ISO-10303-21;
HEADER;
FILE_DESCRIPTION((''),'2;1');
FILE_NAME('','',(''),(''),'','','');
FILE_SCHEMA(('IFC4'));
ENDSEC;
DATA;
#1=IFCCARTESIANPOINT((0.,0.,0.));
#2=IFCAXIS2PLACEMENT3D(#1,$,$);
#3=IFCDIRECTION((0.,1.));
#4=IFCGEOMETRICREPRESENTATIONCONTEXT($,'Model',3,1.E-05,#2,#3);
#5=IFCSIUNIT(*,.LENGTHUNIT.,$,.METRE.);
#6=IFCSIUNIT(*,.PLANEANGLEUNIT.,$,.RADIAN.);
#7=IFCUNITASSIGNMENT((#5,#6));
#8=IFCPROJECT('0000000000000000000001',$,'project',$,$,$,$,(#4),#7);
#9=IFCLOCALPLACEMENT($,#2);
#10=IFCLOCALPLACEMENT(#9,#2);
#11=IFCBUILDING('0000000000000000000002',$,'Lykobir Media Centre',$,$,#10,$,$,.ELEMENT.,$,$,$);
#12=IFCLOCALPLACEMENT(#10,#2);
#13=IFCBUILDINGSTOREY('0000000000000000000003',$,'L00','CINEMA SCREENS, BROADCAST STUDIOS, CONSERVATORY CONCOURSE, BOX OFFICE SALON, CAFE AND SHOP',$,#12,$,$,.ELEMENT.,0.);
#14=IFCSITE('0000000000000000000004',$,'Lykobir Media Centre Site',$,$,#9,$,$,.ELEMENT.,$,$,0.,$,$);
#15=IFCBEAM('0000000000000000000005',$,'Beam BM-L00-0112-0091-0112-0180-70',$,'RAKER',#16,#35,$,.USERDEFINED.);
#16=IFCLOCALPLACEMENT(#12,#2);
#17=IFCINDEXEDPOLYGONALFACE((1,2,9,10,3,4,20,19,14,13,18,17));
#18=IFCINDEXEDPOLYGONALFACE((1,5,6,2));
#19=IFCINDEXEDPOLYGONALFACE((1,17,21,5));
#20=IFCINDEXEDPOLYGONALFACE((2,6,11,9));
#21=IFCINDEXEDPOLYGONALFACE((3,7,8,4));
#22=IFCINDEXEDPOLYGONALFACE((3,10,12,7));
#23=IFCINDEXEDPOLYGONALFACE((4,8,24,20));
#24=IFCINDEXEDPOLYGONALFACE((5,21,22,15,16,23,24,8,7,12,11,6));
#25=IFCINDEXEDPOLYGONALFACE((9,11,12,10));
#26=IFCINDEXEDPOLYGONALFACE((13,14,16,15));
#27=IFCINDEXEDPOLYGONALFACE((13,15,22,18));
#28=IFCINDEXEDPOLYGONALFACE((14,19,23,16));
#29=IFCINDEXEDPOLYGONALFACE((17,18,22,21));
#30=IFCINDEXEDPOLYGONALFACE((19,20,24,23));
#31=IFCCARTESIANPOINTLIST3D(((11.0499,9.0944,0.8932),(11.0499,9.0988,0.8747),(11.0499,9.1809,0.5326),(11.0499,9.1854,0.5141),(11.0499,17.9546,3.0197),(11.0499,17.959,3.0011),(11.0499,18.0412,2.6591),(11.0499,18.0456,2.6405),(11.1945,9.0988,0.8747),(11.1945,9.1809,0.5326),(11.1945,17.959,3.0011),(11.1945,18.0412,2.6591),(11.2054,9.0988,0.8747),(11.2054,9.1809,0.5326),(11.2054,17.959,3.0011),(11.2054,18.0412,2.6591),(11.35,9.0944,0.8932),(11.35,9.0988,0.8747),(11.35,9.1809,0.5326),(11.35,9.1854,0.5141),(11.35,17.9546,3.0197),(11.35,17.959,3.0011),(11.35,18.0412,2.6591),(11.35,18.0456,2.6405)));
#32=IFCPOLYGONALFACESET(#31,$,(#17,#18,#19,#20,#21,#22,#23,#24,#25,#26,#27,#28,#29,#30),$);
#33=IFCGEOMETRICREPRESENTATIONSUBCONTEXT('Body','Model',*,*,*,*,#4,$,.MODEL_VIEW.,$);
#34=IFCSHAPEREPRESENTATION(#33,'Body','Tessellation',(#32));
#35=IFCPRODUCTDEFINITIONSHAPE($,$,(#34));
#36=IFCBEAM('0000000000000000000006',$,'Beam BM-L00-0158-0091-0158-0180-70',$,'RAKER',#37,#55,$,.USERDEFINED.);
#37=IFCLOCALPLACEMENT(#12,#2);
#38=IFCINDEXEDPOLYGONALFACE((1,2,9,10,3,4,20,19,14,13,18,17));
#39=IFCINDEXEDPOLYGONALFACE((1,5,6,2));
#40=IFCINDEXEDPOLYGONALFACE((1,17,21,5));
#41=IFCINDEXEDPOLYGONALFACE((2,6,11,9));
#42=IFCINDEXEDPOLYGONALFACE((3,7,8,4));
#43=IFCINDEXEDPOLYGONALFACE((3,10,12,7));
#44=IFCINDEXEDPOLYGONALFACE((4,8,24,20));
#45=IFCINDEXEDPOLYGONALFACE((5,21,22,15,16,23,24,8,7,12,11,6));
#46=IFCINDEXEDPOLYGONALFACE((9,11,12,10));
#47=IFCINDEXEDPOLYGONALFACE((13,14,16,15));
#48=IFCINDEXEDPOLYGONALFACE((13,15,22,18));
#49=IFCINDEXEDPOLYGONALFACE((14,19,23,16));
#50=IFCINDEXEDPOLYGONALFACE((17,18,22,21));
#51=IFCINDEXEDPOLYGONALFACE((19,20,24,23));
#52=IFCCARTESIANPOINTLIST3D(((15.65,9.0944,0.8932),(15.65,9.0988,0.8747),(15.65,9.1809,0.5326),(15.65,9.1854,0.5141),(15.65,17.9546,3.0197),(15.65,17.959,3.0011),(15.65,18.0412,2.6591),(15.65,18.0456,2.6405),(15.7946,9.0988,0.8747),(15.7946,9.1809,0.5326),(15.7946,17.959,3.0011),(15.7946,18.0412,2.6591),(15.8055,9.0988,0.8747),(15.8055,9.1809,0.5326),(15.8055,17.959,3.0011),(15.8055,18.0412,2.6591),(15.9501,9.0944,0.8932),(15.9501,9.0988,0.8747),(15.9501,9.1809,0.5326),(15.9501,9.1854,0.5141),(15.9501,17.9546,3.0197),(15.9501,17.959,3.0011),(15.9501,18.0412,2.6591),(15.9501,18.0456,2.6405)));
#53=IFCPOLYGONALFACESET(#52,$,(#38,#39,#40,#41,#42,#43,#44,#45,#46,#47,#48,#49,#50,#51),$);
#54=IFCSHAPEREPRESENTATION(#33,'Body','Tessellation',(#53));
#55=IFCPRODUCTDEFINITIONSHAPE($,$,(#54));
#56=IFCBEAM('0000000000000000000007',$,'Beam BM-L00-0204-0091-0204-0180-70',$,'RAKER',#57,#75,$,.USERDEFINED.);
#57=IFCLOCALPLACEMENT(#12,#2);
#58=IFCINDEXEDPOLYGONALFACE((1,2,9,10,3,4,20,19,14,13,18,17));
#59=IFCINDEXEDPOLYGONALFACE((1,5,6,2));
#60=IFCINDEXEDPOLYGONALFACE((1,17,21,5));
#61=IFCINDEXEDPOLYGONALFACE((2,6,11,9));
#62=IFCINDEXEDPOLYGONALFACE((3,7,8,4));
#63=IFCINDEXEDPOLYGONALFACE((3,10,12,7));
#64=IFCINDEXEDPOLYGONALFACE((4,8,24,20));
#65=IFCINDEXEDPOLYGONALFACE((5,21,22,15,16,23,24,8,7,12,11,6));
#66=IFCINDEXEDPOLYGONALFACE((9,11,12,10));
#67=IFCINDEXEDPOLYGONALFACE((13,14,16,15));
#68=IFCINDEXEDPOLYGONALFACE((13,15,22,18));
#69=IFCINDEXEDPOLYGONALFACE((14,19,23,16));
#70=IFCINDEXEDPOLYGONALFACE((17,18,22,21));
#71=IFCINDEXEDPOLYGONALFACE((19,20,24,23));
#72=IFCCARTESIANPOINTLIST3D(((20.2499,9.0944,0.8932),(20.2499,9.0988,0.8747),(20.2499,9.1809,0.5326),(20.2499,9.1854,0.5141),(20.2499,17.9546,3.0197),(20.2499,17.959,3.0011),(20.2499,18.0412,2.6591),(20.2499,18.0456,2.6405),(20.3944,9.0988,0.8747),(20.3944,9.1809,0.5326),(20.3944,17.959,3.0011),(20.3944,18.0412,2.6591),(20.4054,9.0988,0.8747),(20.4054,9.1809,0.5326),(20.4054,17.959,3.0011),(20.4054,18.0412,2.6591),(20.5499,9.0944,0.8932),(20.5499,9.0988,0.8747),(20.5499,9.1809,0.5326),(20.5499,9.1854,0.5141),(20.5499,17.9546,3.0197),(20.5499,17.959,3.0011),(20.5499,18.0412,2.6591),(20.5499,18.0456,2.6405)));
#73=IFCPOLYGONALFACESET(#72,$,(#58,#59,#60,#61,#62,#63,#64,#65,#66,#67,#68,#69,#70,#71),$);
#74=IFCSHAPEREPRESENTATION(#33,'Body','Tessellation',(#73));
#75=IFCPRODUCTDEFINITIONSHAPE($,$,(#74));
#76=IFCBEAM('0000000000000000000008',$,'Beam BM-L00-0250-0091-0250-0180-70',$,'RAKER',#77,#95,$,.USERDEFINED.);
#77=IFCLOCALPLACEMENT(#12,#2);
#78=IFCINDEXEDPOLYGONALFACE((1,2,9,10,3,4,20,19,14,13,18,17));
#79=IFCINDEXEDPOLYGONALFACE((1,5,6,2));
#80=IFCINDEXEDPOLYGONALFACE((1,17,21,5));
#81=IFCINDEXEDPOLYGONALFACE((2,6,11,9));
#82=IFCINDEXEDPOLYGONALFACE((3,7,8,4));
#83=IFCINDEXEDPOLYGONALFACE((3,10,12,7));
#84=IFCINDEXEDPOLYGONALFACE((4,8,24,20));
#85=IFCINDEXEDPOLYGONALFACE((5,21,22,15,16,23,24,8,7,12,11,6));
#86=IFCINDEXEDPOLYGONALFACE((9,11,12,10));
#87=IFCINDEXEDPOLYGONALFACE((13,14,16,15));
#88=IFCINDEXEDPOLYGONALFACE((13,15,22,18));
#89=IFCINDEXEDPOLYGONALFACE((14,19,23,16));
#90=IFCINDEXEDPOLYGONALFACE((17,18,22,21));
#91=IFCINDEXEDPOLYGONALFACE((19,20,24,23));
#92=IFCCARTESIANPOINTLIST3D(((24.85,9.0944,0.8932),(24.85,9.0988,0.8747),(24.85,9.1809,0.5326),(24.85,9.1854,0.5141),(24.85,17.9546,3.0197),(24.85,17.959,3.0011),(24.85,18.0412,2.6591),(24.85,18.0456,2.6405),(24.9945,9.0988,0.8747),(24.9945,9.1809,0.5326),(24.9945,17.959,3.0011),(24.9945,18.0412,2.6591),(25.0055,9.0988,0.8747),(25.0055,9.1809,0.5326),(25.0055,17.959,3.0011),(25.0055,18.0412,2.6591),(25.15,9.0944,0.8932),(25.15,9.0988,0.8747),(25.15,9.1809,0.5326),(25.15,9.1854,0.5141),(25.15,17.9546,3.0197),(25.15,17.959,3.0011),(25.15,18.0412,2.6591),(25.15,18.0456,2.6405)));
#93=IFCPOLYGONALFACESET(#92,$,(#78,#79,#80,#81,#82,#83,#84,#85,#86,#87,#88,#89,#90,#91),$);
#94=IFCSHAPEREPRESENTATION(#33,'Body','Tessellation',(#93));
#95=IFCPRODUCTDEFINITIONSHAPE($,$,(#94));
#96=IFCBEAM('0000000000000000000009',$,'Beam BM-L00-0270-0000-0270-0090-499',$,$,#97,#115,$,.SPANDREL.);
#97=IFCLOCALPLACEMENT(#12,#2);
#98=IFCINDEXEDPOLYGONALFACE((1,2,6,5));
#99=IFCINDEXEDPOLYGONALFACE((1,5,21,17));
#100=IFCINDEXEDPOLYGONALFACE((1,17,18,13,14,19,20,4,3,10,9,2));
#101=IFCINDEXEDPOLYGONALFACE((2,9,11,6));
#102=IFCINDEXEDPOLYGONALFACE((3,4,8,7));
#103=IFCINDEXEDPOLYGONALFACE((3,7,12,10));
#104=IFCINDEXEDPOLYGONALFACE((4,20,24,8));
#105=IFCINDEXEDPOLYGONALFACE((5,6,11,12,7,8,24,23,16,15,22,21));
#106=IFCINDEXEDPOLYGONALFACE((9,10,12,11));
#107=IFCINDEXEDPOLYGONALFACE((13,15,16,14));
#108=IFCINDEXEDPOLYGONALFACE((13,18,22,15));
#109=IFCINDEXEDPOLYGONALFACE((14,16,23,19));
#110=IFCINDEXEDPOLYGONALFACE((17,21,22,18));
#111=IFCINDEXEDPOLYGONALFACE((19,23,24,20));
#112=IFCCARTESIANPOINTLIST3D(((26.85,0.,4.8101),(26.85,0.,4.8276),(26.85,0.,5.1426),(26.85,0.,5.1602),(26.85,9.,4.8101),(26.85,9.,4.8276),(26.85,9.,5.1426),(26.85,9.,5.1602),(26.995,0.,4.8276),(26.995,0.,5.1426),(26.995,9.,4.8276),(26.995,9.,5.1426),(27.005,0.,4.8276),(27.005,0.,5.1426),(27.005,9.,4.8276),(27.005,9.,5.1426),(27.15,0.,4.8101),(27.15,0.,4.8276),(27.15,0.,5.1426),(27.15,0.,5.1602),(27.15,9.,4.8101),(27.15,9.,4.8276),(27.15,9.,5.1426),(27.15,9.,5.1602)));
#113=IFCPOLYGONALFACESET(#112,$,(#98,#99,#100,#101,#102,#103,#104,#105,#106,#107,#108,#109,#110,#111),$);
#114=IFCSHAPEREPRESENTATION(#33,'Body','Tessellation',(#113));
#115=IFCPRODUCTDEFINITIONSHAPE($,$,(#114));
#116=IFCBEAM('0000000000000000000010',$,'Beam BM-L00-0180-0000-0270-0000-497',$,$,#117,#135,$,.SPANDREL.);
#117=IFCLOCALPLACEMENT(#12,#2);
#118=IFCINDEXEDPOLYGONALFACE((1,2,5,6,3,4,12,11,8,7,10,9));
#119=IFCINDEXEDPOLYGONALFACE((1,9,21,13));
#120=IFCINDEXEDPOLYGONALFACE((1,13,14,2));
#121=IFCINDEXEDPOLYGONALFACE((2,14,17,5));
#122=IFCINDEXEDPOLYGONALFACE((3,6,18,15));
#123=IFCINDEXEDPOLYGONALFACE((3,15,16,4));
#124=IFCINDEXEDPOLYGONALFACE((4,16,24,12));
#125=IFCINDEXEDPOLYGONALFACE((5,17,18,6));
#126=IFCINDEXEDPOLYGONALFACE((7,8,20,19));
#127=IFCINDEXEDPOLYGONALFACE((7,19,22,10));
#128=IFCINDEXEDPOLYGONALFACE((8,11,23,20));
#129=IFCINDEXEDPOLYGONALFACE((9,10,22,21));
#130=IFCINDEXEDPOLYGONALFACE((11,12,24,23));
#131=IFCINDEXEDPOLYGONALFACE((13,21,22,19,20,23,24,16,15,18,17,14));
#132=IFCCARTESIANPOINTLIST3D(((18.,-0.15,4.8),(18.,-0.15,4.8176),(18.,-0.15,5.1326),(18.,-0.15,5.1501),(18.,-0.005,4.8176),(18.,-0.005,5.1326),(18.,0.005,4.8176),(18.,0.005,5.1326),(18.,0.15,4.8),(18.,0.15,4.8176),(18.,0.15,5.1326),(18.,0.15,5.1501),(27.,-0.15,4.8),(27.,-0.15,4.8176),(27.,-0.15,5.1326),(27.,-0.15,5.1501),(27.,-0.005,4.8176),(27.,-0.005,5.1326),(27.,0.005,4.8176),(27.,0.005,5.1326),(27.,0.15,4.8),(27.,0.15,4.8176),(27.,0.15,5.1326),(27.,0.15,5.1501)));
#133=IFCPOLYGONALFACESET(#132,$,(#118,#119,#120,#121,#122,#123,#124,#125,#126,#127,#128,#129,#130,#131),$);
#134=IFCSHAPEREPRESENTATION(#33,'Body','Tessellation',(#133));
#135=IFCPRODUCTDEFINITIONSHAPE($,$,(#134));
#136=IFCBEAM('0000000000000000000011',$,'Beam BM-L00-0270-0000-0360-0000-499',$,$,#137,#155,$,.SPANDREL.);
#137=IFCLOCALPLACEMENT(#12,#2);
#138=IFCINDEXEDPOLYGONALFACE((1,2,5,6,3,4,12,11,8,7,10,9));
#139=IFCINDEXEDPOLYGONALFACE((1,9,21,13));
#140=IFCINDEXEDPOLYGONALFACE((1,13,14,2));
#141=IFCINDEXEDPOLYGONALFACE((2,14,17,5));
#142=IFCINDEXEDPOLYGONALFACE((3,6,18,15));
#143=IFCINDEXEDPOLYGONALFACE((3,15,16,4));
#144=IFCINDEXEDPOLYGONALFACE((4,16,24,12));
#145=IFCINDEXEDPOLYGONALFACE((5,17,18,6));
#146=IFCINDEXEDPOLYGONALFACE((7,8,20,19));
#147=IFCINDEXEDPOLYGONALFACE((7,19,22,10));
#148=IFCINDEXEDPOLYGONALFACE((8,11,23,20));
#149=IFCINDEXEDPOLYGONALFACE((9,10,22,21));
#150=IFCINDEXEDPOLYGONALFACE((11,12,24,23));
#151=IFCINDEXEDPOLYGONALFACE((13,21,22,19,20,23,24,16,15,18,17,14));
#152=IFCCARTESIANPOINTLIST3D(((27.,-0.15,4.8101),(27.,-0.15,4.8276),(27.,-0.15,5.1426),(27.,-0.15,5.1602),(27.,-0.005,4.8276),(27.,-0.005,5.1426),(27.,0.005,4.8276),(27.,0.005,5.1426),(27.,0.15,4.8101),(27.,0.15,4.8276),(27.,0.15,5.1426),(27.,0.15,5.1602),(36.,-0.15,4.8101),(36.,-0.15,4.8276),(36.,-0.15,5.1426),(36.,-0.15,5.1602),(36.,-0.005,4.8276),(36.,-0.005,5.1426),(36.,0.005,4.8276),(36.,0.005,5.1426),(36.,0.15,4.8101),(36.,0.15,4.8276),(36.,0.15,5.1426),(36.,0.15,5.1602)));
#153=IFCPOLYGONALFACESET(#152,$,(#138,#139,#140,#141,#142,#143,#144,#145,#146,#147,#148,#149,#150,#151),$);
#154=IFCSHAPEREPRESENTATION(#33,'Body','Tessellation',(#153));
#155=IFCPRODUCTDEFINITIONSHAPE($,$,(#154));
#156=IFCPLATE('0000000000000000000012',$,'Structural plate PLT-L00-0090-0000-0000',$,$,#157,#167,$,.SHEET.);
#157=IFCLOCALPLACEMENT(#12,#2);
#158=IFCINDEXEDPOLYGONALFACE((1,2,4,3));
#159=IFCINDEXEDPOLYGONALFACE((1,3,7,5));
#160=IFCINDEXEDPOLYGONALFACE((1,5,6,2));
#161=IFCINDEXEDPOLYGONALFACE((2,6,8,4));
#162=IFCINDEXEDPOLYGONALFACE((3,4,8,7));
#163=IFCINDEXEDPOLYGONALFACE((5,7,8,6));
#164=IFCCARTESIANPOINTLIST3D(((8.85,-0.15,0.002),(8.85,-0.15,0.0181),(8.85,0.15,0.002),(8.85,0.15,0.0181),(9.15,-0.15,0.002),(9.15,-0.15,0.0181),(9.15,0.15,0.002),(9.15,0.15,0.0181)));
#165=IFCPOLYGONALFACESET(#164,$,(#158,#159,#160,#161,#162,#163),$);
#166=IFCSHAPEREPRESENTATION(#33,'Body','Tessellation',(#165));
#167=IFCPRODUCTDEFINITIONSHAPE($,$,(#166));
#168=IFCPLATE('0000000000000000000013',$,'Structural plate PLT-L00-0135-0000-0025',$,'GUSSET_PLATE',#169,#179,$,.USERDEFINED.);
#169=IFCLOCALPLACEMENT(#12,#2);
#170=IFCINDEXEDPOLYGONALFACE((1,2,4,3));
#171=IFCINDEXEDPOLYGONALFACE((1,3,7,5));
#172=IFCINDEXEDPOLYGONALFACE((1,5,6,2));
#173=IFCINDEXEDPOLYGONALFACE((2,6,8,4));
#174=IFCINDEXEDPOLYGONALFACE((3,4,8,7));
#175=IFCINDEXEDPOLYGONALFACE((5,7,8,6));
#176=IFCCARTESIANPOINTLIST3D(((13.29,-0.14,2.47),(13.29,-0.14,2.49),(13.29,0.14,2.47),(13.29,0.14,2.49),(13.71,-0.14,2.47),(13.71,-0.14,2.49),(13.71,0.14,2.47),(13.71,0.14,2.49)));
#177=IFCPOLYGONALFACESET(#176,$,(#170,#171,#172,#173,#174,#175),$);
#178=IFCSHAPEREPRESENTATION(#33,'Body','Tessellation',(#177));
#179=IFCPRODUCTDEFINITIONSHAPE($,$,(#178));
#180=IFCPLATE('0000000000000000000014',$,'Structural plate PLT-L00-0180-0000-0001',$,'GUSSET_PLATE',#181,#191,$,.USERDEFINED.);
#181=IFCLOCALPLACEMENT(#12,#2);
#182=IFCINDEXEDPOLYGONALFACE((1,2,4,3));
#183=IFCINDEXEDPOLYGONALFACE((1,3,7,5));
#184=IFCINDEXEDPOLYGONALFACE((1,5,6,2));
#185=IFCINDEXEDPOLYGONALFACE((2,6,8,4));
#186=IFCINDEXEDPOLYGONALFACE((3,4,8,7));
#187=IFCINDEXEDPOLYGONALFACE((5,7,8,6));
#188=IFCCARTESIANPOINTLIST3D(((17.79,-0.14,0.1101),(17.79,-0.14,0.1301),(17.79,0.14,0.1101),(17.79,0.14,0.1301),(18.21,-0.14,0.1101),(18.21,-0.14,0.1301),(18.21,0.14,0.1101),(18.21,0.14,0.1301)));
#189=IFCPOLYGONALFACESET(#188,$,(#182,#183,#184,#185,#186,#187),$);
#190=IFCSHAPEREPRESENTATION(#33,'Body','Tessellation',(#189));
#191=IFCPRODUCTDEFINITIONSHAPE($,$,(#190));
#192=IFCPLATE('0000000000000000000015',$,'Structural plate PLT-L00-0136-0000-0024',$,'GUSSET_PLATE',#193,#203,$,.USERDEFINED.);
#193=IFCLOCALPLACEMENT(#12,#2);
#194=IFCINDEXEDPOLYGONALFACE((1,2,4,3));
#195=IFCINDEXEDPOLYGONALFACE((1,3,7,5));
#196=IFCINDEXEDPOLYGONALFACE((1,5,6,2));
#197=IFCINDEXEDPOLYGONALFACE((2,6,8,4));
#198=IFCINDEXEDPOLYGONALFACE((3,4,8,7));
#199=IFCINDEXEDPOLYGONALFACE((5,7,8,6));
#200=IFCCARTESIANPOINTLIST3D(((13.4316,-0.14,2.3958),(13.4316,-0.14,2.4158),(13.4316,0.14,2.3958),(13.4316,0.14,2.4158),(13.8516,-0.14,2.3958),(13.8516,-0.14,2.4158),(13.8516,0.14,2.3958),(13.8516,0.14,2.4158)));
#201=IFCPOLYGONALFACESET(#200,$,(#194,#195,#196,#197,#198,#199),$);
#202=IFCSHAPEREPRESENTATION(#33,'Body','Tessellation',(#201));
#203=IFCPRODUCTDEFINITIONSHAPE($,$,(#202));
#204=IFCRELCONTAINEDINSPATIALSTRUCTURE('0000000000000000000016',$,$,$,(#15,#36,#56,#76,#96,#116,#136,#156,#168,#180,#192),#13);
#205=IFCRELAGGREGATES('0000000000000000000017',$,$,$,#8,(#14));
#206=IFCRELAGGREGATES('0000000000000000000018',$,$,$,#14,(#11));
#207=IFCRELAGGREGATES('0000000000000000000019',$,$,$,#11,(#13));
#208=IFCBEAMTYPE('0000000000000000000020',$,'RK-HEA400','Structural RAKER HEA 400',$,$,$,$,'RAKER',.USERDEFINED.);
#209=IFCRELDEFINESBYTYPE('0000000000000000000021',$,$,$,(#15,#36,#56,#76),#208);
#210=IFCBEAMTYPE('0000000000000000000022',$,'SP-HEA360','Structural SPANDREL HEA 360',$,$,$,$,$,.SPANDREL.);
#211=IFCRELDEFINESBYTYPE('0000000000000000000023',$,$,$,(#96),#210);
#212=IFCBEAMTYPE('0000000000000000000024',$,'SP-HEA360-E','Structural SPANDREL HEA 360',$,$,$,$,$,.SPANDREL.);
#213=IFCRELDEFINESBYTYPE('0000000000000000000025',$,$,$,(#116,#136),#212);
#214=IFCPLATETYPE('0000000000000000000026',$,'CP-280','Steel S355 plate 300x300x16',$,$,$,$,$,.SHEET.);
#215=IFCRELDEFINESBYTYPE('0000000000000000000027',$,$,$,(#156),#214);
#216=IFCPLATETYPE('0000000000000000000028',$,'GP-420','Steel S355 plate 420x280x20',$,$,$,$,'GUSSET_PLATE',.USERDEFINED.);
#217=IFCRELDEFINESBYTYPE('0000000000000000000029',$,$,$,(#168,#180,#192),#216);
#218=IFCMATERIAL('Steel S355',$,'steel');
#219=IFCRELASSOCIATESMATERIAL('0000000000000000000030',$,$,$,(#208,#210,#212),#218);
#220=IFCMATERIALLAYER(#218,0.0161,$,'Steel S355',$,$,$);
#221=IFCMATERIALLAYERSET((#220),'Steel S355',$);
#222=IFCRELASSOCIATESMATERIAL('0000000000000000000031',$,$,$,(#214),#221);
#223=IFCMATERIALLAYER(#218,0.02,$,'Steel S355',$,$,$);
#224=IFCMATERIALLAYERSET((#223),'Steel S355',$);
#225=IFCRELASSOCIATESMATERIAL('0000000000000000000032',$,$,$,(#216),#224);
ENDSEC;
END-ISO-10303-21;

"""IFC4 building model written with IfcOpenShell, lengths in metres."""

from ifc_helpers import new_model, si_unit, direction, frame, origin, origin_2d, place, context, subcontext, project, spatial, rectangle, i_section, extrude, material, layer, layer_set, material_profile, profile_set, type_object, element, save


model = new_model("IFC4")

# Units and contexts
model_context = context("Model", 3, precision=1e-05, world=origin(), true_north=direction((0.0, 1.0)))
body_context = subcontext(model_context, "Body", "Model", "MODEL_VIEW")
ifc_project = project(units=[si_unit("LENGTHUNIT", "METRE"), si_unit("PLANEANGLEUNIT", "RADIAN")], contexts=[model_context])

# Site, building, storey
site_placement = place(None, origin())
site = spatial("IfcSite", under=ifc_project, at=site_placement, Name="Lykobir Media Centre Site", CompositionType="ELEMENT", RefElevation=0.0)
building_placement = place(site_placement, origin())
building = spatial("IfcBuilding", under=site, at=building_placement, Name="Lykobir Media Centre", CompositionType="ELEMENT")
storey_placement = place(building_placement, origin())
storey = spatial("IfcBuildingStorey", under=building, at=storey_placement, Name="L00", Description="CINEMA SCREENS, BROADCAST STUDIOS, CONSERVATORY CONCOURSE, BOX OFFICE SALON, CAFE AND SHOP", CompositionType="ELEMENT", Elevation=0.0)

# Shared definitions
ifc_material_1 = material(Name="Steel S355", Category="steel")

# Beams
ifc_material_profile_1 = material_profile(ifc_material_1, i_section(OverallWidth=0.3, OverallDepth=0.3899, WebThickness=0.011, FlangeThickness=0.019, at=origin_2d()), Name="HEA 400")
ifc_profile_set_1 = profile_set([ifc_material_profile_1], Name="Steel S355")
beam_type_1 = type_object("IfcBeamType", Name="RK-HEA400", Description="Structural RAKER HEA 400", ElementType="RAKER", PredefinedType="USERDEFINED", material=ifc_profile_set_1)
for number, where, z_axis, x_axis, name in (
    (1, (11.2, 9.1399, 0.7036), (0.0, 0.972386, 0.233377), (-1.0, 0.0, 0.0), "Beam BM-L00-0112-0091-0112-0180-70"),
    (2, (15.8, 9.1399, 0.7036), (0.0, 0.972386, 0.233377), (-1.0, 0.0, 0.0), "Beam BM-L00-0158-0091-0158-0180-70"),
    (3, (20.3999, 9.1399, 0.7036), (0.0, 0.972386, 0.233377), (-1.0, 0.0, 0.0), "Beam BM-L00-0204-0091-0204-0180-70"),
    (4, (25.0, 9.1399, 0.7036), (0.0, 0.972386, 0.233377), (-1.0, 0.0, 0.0), "Beam BM-L00-0250-0091-0250-0180-70"),
):
    element("IfcBeam", number, at=place(storey_placement, frame(where, z_axis=z_axis, x_axis=x_axis)), inside=storey, type_object=beam_type_1, Name=name, ObjectType="RAKER", PredefinedType="USERDEFINED", context=body_context, shape_type="SweptSolid", body=[
        extrude(i_section(OverallWidth=0.3, OverallDepth=0.3899, WebThickness=0.011, FlangeThickness=0.019, at=origin_2d()), origin(), (0.0, 0.0, 1.0), 9.1118),
    ])
ifc_material_profile_2 = material_profile(ifc_material_1, i_section(OverallWidth=0.3, OverallDepth=0.3501, WebThickness=0.01, FlangeThickness=0.0176, at=origin_2d()), Name="HEA 360")
ifc_profile_set_2 = profile_set([ifc_material_profile_2], Name="Steel S355")
beam_type_2 = type_object("IfcBeamType", Name="SP-HEA360", Description="Structural SPANDREL HEA 360", PredefinedType="SPANDREL", material=ifc_profile_set_2)
beam_placement = place(storey_placement, frame((27.0, 0.0, 4.9851), z_axis=(0.0, 1.0, 0.0), x_axis=(-1.0, 0.0, 0.0)))
element("IfcBeam", 5, at=beam_placement, inside=storey, type_object=beam_type_2, Name="Beam BM-L00-0270-0000-0270-0090-499", PredefinedType="SPANDREL", context=body_context, shape_type="SweptSolid", body=[
    extrude(i_section(OverallWidth=0.3, OverallDepth=0.3501, WebThickness=0.01, FlangeThickness=0.0176, at=origin_2d()), origin(), (0.0, 0.0, 1.0), 9.0),
])
ifc_material_profile_3 = material_profile(ifc_material_1, i_section(OverallWidth=0.3, OverallDepth=0.3501, WebThickness=0.01, FlangeThickness=0.0176, at=origin_2d()), Name="HEA 360")
ifc_profile_set_3 = profile_set([ifc_material_profile_3], Name="Steel S355")
beam_type_3 = type_object("IfcBeamType", Name="SP-HEA360-E", Description="Structural SPANDREL HEA 360", PredefinedType="SPANDREL", material=ifc_profile_set_3)
for number, where, z_axis, x_axis, name in (
    (6, (18.0, 0.0, 4.9751), (1.0, 0.0, 0.0), (0.0, 1.0, 0.0), "Beam BM-L00-0180-0000-0270-0000-497"),
    (7, (27.0, 0.0, 4.9851), (1.0, 0.0, 0.0), (0.0, 1.0, 0.0), "Beam BM-L00-0270-0000-0360-0000-499"),
):
    element("IfcBeam", number, at=place(storey_placement, frame(where, z_axis=z_axis, x_axis=x_axis)), inside=storey, type_object=beam_type_3, Name=name, PredefinedType="SPANDREL", context=body_context, shape_type="SweptSolid", body=[
        extrude(i_section(OverallWidth=0.3, OverallDepth=0.3501, WebThickness=0.01, FlangeThickness=0.0176, at=origin_2d()), origin(), (0.0, 0.0, 1.0), 9.0),
    ])

# Plates
ifc_layer_1 = layer(ifc_material_1, 0.0161, Name="Steel S355")
ifc_layer_set_1 = layer_set([ifc_layer_1], Name="Steel S355")
plate_type_1 = type_object("IfcPlateType", Name="CP-280", Description="Steel S355 plate 300x300x16", PredefinedType="SHEET", material=ifc_layer_set_1)
plate_1_placement = place(storey_placement, frame((9.0, 0.0, 0.002), z_axis=(0.0, 0.0, 1.0), x_axis=(1.0, 0.0, 0.0)))
element("IfcPlate", 8, at=plate_1_placement, inside=storey, type_object=plate_type_1, Name="Structural plate PLT-L00-0090-0000-0000", PredefinedType="SHEET", context=body_context, shape_type="SweptSolid", body=[
    extrude(rectangle(XDim=0.3, YDim=0.3, at=origin_2d()), origin(), (0.0, 0.0, 1.0), 0.0161),
])
ifc_layer_2 = layer(ifc_material_1, 0.02, Name="Steel S355")
ifc_layer_set_2 = layer_set([ifc_layer_2], Name="Steel S355")
plate_type_2 = type_object("IfcPlateType", Name="GP-420", Description="Steel S355 plate 420x280x20", ElementType="GUSSET_PLATE", PredefinedType="USERDEFINED", material=ifc_layer_set_2)
for number, where, z_axis, x_axis, name in (
    (9, (13.5, 0.0, 2.47), (0.0, 0.0, 1.0), (1.0, 0.0, 0.0), "Structural plate PLT-L00-0135-0000-0025"),
    (10, (18.0, 0.0, 0.1101), (0.0, 0.0, 1.0), (1.0, 0.0, 0.0), "Structural plate PLT-L00-0180-0000-0001"),
    (11, (13.6416, 0.0, 2.3958), (0.0, 0.0, 1.0), (1.0, 0.0, 0.0), "Structural plate PLT-L00-0136-0000-0024"),
):
    element("IfcPlate", number, at=place(storey_placement, frame(where, z_axis=z_axis, x_axis=x_axis)), inside=storey, type_object=plate_type_2, Name=name, ObjectType="GUSSET_PLATE", PredefinedType="USERDEFINED", context=body_context, shape_type="SweptSolid", body=[
        extrude(rectangle(XDim=0.4199, YDim=0.28, at=origin_2d()), origin(), (0.0, 0.0, 1.0), 0.02),
    ])

save(model, "model.ifc")
